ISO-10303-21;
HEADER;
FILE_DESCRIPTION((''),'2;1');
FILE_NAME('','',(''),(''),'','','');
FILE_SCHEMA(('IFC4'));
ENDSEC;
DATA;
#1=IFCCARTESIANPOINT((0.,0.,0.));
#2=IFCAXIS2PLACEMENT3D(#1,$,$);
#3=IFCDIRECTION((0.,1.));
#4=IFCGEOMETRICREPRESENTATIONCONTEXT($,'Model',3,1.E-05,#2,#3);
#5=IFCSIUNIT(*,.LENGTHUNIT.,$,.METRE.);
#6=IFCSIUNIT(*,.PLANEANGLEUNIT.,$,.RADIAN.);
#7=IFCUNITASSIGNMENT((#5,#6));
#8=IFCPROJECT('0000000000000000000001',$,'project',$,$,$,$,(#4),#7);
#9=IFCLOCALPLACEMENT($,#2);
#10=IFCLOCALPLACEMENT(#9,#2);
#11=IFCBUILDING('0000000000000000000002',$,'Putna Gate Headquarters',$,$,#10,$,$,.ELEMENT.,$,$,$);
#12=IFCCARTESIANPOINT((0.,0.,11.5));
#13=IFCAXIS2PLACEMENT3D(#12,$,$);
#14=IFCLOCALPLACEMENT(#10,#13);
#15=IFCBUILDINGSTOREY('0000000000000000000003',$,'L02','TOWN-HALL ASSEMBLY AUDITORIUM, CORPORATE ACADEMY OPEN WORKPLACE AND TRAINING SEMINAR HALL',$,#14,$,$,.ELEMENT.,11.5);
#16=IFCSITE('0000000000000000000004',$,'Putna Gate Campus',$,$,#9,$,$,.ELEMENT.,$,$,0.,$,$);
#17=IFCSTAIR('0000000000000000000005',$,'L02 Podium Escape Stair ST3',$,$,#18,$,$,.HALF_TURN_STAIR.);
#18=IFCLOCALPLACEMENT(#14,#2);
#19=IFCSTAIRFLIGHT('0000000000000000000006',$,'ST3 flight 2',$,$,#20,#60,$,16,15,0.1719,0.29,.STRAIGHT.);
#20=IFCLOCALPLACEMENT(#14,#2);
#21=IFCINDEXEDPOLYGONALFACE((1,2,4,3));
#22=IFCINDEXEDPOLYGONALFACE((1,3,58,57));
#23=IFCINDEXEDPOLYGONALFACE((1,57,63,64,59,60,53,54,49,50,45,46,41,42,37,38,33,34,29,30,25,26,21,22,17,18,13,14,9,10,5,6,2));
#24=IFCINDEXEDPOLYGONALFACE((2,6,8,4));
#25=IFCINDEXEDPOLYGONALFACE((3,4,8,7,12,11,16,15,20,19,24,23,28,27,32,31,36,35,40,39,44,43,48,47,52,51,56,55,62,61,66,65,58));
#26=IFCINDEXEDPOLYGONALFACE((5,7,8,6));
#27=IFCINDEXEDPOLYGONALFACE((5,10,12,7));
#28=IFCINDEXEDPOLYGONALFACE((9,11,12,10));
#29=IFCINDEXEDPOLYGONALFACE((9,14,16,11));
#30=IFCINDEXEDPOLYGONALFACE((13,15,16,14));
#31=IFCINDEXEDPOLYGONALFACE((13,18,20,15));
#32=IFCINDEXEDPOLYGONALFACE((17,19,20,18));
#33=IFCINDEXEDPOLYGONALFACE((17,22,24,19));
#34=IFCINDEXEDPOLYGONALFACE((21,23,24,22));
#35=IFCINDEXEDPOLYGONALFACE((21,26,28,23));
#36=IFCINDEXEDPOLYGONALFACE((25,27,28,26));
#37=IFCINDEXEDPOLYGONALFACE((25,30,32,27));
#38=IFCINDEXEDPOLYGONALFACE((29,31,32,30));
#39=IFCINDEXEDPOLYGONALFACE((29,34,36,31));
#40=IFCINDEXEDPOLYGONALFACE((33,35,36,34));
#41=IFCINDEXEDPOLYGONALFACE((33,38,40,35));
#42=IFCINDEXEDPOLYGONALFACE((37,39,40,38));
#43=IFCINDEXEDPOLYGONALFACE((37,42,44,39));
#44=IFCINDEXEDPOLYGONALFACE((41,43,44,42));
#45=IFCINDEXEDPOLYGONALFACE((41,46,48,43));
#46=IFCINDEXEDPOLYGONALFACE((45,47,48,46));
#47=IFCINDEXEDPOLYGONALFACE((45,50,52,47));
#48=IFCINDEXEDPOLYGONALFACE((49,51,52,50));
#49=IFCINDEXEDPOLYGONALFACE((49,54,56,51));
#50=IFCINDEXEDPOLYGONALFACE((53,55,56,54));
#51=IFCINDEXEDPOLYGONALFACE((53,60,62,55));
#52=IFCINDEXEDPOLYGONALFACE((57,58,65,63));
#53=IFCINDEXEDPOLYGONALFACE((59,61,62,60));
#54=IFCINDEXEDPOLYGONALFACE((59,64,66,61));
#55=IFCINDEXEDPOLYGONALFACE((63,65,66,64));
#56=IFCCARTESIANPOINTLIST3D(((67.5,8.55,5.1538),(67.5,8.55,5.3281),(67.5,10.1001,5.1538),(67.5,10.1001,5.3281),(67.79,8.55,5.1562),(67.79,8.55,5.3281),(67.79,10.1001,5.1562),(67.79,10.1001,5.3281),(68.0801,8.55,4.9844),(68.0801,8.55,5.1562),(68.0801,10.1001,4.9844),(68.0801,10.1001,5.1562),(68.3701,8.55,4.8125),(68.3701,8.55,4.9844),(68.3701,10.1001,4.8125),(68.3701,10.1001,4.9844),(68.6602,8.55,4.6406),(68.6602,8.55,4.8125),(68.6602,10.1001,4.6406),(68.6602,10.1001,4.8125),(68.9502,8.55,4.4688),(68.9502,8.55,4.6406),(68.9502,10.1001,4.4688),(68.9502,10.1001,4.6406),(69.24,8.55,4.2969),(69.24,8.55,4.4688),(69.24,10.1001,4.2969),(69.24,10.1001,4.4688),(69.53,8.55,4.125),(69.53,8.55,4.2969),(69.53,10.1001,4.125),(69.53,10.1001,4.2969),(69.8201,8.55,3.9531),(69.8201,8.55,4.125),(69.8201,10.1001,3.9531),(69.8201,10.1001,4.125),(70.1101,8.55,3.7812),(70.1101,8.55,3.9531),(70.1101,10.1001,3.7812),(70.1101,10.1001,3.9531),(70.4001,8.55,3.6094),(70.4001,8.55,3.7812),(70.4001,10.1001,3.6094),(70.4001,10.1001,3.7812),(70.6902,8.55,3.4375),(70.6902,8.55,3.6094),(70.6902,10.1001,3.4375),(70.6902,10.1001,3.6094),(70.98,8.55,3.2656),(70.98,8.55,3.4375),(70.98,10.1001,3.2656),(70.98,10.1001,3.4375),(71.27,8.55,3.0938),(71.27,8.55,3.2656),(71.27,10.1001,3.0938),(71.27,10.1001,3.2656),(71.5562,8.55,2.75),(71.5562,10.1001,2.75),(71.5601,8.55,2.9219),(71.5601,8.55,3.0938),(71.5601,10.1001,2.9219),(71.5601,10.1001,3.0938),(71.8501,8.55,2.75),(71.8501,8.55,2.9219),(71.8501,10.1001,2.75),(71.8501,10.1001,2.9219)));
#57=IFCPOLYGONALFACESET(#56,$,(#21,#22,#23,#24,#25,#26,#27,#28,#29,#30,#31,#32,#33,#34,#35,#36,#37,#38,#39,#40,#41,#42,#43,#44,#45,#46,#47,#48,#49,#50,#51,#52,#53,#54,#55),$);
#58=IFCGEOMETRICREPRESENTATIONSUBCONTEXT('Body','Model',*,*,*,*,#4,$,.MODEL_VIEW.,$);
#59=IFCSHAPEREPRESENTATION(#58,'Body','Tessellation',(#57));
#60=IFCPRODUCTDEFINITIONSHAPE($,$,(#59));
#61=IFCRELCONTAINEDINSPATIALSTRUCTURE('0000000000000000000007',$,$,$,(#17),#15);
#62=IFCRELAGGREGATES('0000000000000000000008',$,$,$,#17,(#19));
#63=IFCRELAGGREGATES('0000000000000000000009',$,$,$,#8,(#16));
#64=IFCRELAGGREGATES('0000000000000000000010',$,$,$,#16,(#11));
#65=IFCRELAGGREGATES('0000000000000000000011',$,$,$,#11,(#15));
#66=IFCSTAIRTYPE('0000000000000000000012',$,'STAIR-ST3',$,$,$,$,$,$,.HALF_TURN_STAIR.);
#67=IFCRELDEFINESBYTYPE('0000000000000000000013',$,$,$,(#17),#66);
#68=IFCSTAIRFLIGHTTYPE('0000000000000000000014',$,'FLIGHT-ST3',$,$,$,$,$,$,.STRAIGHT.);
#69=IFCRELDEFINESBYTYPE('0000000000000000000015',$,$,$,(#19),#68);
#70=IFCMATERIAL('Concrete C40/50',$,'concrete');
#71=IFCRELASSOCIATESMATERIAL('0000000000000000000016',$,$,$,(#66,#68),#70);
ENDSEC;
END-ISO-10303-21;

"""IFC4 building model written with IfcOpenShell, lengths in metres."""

from ifc_helpers import new_model, si_unit, direction, frame, origin, place, context, subcontext, project, spatial, polyline, outline, extrude, material, type_object, element, aggregate, save


model = new_model("IFC4")

# Units and contexts
model_context = context("Model", 3, precision=1e-05, world=origin(), true_north=direction((0.0, 1.0)))
body_context = subcontext(model_context, "Body", "Model", "MODEL_VIEW")
ifc_project = project(units=[si_unit("LENGTHUNIT", "METRE"), si_unit("PLANEANGLEUNIT", "RADIAN")], contexts=[model_context])

# Site, building, storey
site_placement = place(None, origin())
site = spatial("IfcSite", under=ifc_project, at=site_placement, Name="Putna Gate Campus", CompositionType="ELEMENT", RefElevation=0.0)
building_placement = place(site_placement, origin())
building = spatial("IfcBuilding", under=site, at=building_placement, Name="Putna Gate Headquarters", CompositionType="ELEMENT")
storey_placement = place(building_placement, frame((0.0, 0.0, 11.5)))
storey = spatial("IfcBuildingStorey", under=building, at=storey_placement, Name="L02", Description="TOWN-HALL ASSEMBLY AUDITORIUM, CORPORATE ACADEMY OPEN WORKPLACE AND TRAINING SEMINAR HALL", CompositionType="ELEMENT", Elevation=11.5)

# Shared definitions
ifc_material_1 = material(Name="Concrete C40/50", Category="concrete")

# Stair, stair flight
stair_type = type_object("IfcStairType", Name="STAIR-ST3", PredefinedType="HALF_TURN_STAIR", material=ifc_material_1)
stair_placement = place(storey_placement, origin())
stair = element("IfcStair", 1, at=stair_placement, inside=storey, type_object=stair_type, Name="L02 Podium Escape Stair ST3", PredefinedType="HALF_TURN_STAIR")
stair_flight_type = type_object("IfcStairFlightType", Name="FLIGHT-ST3", PredefinedType="STRAIGHT", material=ifc_material_1)
stair_flight_1_placement = place(storey_placement, frame((71.8501, 9.325, 2.75), z_axis=(0.0, 0.0, 1.0), x_axis=(-1.0, 0.0, 0.0)))
stair_flight_1 = element("IfcStairFlight", 2, at=stair_flight_1_placement, type_object=stair_flight_type, Name="ST3 flight 2", NumberOfRisers=16, NumberOfTreads=15, PredefinedType="STRAIGHT", RiserHeight=0.1719, TreadLength=0.29, context=body_context, shape_type="SweptSolid", body=[
    extrude(outline(polyline([(0.0, 0.0), (0.0, 0.1719), (0.29, 0.1719), (0.29, 0.3438), (0.5801, 0.3438), (0.5801, 0.5156), (0.8701, 0.5156), (0.8701, 0.6875), (1.1599, 0.6875), (1.1599, 0.8594), (1.45, 0.8594), (1.45, 1.0312), (1.74, 1.0312), (1.74, 1.2031), (2.03, 1.2031), (2.03, 1.375), (2.3201, 1.375), (2.3201, 1.5469), (2.6101, 1.5469), (2.6101, 1.7188), (2.8999, 1.7188), (2.8999, 1.8906), (3.1899, 1.8906), (3.1899, 2.0625), (3.48, 2.0625), (3.48, 2.2344), (3.77, 2.2344), (3.77, 2.4062), (4.0601, 2.4062), (4.0601, 2.5781), (4.3501, 2.5781), (4.3501, 2.75), (4.3501, 2.4038), (0.2939, 0.0), (0.0, 0.0)])), frame((0.0, 0.7749, 0.0), z_axis=(0.0, -1.0, 0.0), x_axis=(1.0, 0.0, 0.0)), (0.0, 0.0, 1.0), 1.55),
])
aggregate(stair, [stair_flight_1])

save(model, "model.ifc")
